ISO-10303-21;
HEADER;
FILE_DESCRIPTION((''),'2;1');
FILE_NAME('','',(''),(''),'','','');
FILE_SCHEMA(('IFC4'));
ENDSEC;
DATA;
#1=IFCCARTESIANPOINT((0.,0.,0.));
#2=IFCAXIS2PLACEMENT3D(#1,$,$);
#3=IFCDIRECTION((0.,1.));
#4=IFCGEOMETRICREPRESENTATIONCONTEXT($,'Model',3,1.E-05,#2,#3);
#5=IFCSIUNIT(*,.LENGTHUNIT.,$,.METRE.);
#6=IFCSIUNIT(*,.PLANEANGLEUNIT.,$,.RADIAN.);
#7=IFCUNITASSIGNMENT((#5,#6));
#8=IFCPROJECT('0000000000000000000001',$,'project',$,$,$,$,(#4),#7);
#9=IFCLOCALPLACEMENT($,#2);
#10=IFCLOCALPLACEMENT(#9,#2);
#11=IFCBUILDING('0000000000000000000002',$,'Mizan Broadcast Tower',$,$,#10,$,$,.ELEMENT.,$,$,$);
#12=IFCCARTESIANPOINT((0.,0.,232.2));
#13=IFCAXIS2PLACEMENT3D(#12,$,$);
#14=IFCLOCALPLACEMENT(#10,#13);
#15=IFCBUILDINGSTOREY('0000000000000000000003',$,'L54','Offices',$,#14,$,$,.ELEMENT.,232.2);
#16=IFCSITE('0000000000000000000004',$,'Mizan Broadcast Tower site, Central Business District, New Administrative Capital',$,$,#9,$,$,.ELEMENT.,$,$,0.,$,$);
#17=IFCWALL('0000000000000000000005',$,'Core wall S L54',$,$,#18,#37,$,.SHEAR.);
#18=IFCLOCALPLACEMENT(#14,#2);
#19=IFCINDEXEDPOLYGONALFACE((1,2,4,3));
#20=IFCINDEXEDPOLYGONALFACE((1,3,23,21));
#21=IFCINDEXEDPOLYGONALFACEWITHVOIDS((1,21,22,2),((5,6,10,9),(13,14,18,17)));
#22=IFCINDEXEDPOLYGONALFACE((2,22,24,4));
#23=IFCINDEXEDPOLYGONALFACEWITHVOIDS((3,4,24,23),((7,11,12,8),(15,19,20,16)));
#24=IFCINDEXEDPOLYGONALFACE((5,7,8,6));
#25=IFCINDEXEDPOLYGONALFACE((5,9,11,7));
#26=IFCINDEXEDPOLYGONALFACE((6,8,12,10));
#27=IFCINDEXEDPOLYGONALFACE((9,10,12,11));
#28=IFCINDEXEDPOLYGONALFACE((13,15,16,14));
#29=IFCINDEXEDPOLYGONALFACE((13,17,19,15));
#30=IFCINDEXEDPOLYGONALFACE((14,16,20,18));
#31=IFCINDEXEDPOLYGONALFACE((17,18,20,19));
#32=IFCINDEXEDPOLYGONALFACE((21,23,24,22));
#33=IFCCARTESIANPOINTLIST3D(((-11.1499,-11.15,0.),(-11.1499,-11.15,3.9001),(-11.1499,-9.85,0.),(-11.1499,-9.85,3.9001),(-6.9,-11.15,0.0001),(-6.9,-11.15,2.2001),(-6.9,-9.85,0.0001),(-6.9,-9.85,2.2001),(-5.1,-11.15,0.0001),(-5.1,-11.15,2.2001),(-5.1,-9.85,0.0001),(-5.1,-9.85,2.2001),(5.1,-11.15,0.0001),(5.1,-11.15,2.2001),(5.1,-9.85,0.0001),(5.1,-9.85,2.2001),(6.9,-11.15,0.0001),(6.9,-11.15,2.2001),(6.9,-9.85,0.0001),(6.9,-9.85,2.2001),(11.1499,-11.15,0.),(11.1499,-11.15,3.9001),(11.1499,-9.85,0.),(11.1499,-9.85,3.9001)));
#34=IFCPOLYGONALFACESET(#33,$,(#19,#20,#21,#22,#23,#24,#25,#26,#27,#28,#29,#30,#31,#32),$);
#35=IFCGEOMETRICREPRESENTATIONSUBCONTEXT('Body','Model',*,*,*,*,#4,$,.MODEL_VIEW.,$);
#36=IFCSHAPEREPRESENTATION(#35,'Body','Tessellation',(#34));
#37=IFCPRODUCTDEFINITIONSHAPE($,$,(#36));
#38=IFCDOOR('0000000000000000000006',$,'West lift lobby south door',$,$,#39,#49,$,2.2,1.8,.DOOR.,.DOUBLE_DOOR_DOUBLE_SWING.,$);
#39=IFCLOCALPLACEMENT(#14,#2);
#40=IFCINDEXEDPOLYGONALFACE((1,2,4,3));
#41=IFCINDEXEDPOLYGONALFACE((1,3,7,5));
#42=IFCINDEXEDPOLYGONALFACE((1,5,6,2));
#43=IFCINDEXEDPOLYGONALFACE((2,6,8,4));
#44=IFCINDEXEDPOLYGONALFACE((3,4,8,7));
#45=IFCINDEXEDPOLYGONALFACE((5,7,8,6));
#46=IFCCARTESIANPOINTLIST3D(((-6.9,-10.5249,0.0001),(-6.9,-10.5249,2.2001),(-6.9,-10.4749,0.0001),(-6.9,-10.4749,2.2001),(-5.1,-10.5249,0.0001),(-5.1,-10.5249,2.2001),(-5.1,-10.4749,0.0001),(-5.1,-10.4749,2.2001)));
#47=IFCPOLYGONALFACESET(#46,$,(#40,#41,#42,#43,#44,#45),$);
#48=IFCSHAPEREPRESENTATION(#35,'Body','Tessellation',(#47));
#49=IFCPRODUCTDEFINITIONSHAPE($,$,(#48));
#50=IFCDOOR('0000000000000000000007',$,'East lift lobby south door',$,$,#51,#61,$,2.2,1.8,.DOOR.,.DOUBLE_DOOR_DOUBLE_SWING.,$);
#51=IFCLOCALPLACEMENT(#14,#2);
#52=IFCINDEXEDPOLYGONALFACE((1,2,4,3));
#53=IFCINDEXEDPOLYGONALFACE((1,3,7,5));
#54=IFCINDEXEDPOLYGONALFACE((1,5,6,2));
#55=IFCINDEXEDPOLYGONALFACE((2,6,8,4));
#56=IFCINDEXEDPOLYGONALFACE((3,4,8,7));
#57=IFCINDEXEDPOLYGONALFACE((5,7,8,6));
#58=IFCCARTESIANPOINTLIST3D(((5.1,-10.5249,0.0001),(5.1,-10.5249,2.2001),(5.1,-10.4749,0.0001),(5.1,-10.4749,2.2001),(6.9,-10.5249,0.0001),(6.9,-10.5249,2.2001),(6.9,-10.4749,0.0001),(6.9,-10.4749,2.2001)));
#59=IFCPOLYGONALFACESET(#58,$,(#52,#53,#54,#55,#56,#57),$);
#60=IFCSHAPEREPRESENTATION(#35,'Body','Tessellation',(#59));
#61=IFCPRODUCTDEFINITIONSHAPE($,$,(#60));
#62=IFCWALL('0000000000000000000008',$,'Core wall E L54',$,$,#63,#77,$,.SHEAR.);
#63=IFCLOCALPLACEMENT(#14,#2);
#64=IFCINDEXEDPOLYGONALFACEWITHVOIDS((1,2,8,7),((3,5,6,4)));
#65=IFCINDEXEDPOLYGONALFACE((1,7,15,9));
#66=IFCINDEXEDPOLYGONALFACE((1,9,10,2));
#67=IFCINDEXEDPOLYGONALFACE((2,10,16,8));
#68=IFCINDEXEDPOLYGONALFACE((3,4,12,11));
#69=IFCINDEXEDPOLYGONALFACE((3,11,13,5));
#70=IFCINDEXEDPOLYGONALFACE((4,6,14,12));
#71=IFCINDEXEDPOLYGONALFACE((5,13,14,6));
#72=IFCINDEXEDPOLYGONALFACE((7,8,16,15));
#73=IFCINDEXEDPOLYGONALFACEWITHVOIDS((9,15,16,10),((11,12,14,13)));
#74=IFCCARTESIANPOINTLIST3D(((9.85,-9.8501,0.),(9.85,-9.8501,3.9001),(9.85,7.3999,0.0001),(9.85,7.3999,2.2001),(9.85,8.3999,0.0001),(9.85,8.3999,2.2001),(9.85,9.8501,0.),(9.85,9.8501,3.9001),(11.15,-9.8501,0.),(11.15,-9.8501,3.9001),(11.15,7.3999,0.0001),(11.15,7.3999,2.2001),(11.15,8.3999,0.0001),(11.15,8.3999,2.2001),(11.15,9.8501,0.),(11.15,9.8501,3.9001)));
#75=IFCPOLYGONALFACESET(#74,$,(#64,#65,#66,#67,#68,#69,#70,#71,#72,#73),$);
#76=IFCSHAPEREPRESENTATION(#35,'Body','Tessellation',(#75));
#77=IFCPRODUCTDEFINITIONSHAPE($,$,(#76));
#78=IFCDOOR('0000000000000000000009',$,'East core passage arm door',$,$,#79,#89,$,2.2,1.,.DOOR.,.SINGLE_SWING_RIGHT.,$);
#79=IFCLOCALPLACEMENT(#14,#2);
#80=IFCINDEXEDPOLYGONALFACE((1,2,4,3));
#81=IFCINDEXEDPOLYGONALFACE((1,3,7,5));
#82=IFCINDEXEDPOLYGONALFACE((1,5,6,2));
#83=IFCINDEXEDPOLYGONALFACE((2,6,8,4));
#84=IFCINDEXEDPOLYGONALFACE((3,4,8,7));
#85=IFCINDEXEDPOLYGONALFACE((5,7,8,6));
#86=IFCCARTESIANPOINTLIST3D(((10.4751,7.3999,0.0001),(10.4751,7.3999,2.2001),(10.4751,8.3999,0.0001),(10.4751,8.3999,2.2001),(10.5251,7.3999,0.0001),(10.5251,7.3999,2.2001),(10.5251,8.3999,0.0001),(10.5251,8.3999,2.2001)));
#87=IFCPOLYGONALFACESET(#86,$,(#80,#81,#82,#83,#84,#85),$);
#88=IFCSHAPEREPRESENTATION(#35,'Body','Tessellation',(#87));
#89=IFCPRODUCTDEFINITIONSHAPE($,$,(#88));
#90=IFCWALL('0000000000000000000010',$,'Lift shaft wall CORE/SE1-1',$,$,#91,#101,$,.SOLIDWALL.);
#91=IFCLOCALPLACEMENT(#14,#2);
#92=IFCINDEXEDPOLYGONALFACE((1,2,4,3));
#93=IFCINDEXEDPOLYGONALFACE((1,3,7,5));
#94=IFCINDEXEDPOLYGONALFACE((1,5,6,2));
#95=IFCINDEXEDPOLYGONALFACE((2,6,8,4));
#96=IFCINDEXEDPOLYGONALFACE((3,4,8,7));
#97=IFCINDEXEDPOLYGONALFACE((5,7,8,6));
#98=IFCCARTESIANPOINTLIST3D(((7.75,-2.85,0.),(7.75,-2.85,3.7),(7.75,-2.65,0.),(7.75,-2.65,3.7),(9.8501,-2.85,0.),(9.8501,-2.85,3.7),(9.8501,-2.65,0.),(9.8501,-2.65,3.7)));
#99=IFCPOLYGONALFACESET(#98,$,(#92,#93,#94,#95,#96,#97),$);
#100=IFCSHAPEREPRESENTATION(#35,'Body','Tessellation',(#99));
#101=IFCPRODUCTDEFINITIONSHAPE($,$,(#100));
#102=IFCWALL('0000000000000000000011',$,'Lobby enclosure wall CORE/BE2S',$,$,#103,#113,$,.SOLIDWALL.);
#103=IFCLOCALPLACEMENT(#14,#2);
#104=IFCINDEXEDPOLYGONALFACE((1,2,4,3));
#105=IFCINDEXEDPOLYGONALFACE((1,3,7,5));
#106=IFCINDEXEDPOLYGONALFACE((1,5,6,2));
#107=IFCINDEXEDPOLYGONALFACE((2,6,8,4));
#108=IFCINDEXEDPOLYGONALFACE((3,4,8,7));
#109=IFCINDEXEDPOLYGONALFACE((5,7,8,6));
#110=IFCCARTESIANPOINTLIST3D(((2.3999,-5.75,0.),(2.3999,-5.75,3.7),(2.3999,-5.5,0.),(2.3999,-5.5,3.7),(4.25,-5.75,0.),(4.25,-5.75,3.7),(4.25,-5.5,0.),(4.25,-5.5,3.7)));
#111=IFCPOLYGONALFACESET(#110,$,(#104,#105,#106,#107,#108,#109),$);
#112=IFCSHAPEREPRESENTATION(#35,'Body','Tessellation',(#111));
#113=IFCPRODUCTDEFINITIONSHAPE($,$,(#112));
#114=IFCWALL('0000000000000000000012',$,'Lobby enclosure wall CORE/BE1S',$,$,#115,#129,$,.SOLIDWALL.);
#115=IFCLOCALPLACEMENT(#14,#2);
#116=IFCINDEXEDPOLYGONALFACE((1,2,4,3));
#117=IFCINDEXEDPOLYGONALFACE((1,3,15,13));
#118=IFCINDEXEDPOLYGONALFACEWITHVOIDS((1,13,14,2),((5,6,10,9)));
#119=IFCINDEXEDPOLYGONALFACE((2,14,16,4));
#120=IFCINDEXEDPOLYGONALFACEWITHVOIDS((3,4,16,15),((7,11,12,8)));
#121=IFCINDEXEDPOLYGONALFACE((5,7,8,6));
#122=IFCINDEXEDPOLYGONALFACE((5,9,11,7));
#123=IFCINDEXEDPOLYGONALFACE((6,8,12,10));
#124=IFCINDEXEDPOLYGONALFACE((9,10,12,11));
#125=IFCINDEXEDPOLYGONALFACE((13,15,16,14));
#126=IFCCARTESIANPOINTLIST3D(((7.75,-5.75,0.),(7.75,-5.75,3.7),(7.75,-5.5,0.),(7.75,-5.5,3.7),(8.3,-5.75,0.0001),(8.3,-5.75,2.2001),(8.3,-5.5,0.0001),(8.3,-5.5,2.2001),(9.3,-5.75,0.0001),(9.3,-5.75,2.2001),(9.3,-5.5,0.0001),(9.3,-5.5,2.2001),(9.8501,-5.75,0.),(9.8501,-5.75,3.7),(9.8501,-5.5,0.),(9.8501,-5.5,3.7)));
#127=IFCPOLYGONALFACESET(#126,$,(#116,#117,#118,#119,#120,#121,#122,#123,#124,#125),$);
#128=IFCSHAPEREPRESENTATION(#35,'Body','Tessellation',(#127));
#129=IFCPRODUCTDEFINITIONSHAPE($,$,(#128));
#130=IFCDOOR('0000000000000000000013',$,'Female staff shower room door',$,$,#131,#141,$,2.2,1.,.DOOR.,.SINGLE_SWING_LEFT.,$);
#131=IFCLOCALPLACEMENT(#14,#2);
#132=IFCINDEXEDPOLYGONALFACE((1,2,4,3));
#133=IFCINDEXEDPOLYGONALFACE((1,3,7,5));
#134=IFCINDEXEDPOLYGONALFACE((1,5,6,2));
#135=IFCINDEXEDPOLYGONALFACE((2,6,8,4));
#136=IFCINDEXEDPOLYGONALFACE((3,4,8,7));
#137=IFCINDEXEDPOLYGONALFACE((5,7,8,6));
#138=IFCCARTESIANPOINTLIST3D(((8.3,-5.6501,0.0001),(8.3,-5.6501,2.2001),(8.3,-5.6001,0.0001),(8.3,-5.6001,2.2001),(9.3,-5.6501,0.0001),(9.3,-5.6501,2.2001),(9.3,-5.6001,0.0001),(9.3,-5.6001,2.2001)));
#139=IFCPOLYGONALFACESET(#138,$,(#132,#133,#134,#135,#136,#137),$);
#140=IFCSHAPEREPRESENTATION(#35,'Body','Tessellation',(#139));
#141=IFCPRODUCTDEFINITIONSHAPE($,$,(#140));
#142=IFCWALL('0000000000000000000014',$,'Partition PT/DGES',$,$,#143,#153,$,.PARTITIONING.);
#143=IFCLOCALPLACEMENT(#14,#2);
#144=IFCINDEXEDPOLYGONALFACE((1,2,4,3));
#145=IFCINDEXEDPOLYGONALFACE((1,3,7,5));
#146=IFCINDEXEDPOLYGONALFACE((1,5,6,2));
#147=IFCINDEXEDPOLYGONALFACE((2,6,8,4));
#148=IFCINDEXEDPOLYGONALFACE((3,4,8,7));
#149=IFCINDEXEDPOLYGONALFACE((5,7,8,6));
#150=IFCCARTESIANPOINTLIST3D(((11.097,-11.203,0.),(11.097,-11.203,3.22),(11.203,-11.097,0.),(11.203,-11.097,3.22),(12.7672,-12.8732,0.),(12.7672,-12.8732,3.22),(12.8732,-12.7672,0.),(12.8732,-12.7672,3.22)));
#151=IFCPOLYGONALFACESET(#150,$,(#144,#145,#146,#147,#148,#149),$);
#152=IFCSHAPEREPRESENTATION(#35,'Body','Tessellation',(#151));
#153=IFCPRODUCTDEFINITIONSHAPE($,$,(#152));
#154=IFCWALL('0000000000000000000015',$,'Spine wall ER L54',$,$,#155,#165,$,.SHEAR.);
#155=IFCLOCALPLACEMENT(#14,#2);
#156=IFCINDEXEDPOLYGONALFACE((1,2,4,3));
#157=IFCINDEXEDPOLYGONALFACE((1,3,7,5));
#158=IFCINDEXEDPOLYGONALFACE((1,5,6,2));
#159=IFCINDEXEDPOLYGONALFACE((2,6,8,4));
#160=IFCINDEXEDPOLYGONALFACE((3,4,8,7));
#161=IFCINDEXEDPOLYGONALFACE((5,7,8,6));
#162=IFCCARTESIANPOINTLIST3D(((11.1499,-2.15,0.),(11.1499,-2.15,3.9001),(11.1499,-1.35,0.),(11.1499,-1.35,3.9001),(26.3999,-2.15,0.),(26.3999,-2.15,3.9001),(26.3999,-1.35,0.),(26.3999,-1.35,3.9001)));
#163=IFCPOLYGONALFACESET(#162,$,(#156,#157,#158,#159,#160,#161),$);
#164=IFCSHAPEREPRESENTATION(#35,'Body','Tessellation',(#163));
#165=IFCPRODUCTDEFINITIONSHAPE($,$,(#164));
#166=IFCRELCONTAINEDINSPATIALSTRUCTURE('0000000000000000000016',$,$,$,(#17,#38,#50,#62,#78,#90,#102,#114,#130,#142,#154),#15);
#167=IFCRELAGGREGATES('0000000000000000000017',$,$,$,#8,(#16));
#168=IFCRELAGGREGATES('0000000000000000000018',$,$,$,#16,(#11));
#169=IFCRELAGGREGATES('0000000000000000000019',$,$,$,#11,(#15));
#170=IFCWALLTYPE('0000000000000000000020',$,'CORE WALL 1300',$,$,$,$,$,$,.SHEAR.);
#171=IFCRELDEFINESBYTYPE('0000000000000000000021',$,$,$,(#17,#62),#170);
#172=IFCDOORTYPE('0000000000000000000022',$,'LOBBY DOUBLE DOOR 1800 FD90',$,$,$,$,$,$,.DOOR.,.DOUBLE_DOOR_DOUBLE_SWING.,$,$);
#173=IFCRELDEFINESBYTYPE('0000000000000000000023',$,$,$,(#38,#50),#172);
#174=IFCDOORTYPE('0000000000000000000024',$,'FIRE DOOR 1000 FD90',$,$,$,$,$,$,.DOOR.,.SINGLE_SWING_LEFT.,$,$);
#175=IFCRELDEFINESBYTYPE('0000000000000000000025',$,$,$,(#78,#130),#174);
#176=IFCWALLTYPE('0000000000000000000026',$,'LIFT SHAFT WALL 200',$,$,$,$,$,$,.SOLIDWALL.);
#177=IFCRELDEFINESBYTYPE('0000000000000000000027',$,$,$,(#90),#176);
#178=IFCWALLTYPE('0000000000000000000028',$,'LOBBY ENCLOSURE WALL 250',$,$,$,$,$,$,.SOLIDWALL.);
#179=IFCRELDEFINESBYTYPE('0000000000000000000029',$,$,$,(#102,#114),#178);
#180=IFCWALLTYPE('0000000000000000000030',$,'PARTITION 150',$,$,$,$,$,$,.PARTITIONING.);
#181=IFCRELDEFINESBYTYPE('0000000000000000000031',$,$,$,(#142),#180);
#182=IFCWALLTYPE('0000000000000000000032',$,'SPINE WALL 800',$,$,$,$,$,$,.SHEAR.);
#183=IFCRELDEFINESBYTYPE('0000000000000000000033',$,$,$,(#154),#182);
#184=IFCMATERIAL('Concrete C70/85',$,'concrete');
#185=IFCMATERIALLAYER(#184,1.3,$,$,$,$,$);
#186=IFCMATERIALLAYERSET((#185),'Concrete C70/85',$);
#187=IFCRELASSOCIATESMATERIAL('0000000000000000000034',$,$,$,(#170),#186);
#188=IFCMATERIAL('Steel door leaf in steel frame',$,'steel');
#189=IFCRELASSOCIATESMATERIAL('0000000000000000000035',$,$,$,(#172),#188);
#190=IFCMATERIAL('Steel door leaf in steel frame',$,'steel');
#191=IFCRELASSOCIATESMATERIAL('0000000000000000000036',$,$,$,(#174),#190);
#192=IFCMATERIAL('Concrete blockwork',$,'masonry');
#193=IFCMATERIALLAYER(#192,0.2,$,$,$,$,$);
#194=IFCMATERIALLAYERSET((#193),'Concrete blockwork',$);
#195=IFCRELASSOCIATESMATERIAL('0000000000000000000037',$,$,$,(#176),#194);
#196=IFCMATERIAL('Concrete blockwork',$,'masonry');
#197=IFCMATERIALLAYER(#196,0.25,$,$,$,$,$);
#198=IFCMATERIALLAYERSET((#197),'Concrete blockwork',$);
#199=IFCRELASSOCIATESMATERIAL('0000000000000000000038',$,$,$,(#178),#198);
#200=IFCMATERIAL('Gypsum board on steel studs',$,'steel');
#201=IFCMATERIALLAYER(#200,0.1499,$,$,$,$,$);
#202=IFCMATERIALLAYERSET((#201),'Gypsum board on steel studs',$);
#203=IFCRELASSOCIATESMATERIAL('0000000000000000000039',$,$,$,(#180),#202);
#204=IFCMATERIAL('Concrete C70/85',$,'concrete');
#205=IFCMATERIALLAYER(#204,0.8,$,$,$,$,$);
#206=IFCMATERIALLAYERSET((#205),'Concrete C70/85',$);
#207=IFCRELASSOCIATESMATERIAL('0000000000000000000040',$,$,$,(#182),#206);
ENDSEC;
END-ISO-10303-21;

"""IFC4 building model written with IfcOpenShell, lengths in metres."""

from ifc_helpers import new_model, si_unit, direction, frame, frame_2d, origin, place, context, subcontext, project, spatial, rectangle, extrude, material, layer, layer_set, type_object, element, fill, save


model = new_model("IFC4")

# Units and contexts
model_context = context("Model", 3, precision=1e-05, world=origin(), true_north=direction((0.0, 1.0)))
body_context = subcontext(model_context, "Body", "Model", "MODEL_VIEW")
ifc_project = project(units=[si_unit("LENGTHUNIT", "METRE"), si_unit("PLANEANGLEUNIT", "RADIAN")], contexts=[model_context])

# Site, building, storey
site_placement = place(None, origin())
site = spatial("IfcSite", under=ifc_project, at=site_placement, Name="Mizan Broadcast Tower site, Central Business District, New Administrative Capital", CompositionType="ELEMENT", RefElevation=0.0)
building_placement = place(site_placement, origin())
building = spatial("IfcBuilding", under=site, at=building_placement, Name="Mizan Broadcast Tower", CompositionType="ELEMENT")
storey_placement = place(building_placement, frame((0.0, 0.0, 232.2)))
storey = spatial("IfcBuildingStorey", under=building, at=storey_placement, Name="L54", Description="Offices", CompositionType="ELEMENT", Elevation=232.2)

# Wall, openings, doors
ifc_material_1 = material(Name="Concrete C70/85", Category="concrete")
ifc_layer_1 = layer(ifc_material_1, 1.3)
ifc_layer_set_1 = layer_set([ifc_layer_1], Name="Concrete C70/85")
wall_type_1 = type_object("IfcWallType", Name="CORE WALL 1300", PredefinedType="SHEAR", material=ifc_layer_set_1)
wall_1_placement = place(storey_placement, frame((11.1499, -10.5, 0.0), z_axis=(0.0, 0.0, 1.0), x_axis=(-1.0, 0.0, 0.0)))
wall_1 = element("IfcWall", 1, at=wall_1_placement, inside=storey, type_object=wall_type_1, Name="Core wall S L54", PredefinedType="SHEAR", context=body_context, shape_type="SweptSolid", body=[
    extrude(rectangle(XDim=22.2998, YDim=1.3, at=frame_2d((11.1499, 0.0))), origin(), (0.0, 0.0, 1.0), 3.9001),
])
opening_1_placement = place(wall_1_placement, frame((16.25, 0.0, 0.0)))
opening_1 = element("IfcOpeningElement", 2, at=opening_1_placement, cuts=wall_1, PredefinedType="OPENING", context=body_context, shape_type="SweptSolid", body=[
    extrude(rectangle(XDim=1.8, YDim=2.2, at=frame_2d((0.8999, 1.1001))), frame((0.0, 0.6599, 0.0), z_axis=(0.0, -1.0, 0.0), x_axis=(1.0, 0.0, 0.0)), (0.0, 0.0, 1.0), 1.3201),
])
opening_2_placement = place(wall_1_placement, frame((4.25, 0.0, 0.0)))
opening_2 = element("IfcOpeningElement", 3, at=opening_2_placement, cuts=wall_1, PredefinedType="OPENING", context=body_context, shape_type="SweptSolid", body=[
    extrude(rectangle(XDim=1.8, YDim=2.2, at=frame_2d((0.8999, 1.1001))), frame((0.0, 0.6599, 0.0), z_axis=(0.0, -1.0, 0.0), x_axis=(1.0, 0.0, 0.0)), (0.0, 0.0, 1.0), 1.3201),
])
ifc_material_2 = material(Name="Steel door leaf in steel frame", Category="steel")
door_type_1 = type_object("IfcDoorType", Name="LOBBY DOUBLE DOOR 1800 FD90", OperationType="DOUBLE_DOOR_DOUBLE_SWING", PredefinedType="DOOR", material=ifc_material_2)
door_1_placement = place(opening_1_placement, origin())
door_1 = element("IfcDoor", 4, at=door_1_placement, inside=storey, type_object=door_type_1, Name="West lift lobby south door", OperationType="DOUBLE_DOOR_DOUBLE_SWING", OverallHeight=2.2, OverallWidth=1.8, PredefinedType="DOOR", context=body_context, shape_type="SweptSolid", body=[
    extrude(rectangle(XDim=1.8, YDim=2.2, at=frame_2d((0.8999, 1.1001))), frame((0.0, 0.0249, 0.0), z_axis=(0.0, -1.0, 0.0), x_axis=(1.0, 0.0, 0.0)), (0.0, 0.0, 1.0), 0.05),
])
fill(opening_1, door_1)
door_2_placement = place(opening_2_placement, origin())
door_2 = element("IfcDoor", 5, at=door_2_placement, inside=storey, type_object=door_type_1, Name="East lift lobby south door", OperationType="DOUBLE_DOOR_DOUBLE_SWING", OverallHeight=2.2, OverallWidth=1.8, PredefinedType="DOOR", context=body_context, shape_type="SweptSolid", body=[
    extrude(rectangle(XDim=1.8, YDim=2.2, at=frame_2d((0.8999, 1.1001))), frame((0.0, 0.0249, 0.0), z_axis=(0.0, -1.0, 0.0), x_axis=(1.0, 0.0, 0.0)), (0.0, 0.0, 1.0), 0.05),
])
fill(opening_2, door_2)

# Wall, opening, door
wall_2_placement = place(storey_placement, frame((10.5, -9.8501, 0.0), z_axis=(0.0, 0.0, 1.0), x_axis=(0.0, 1.0, 0.0)))
wall_2 = element("IfcWall", 6, at=wall_2_placement, inside=storey, type_object=wall_type_1, Name="Core wall E L54", PredefinedType="SHEAR", context=body_context, shape_type="SweptSolid", body=[
    extrude(rectangle(XDim=19.7002, YDim=1.3, at=frame_2d((9.8501, 0.0))), origin(), (0.0, 0.0, 1.0), 3.9001),
])
opening_3_placement = place(wall_2_placement, frame((17.25, 0.0, 0.0)))
opening_3 = element("IfcOpeningElement", 7, at=opening_3_placement, cuts=wall_2, PredefinedType="OPENING", context=body_context, shape_type="SweptSolid", body=[
    extrude(rectangle(XDim=1.0, YDim=2.2, at=frame_2d((0.5, 1.1001))), frame((0.0, 0.6599, 0.0), z_axis=(0.0, -1.0, 0.0), x_axis=(1.0, 0.0, 0.0)), (0.0, 0.0, 1.0), 1.3201),
])
ifc_material_3 = material(Name="Steel door leaf in steel frame", Category="steel")
door_type_2 = type_object("IfcDoorType", Name="FIRE DOOR 1000 FD90", OperationType="SINGLE_SWING_LEFT", PredefinedType="DOOR", material=ifc_material_3)
door_3_placement = place(opening_3_placement, origin())
door_3 = element("IfcDoor", 8, at=door_3_placement, inside=storey, type_object=door_type_2, Name="East core passage arm door", OperationType="SINGLE_SWING_RIGHT", OverallHeight=2.2, OverallWidth=1.0, PredefinedType="DOOR", context=body_context, shape_type="SweptSolid", body=[
    extrude(rectangle(XDim=1.0, YDim=2.2, at=frame_2d((0.5, 1.1001))), frame((0.0, 0.0249, 0.0), z_axis=(0.0, -1.0, 0.0), x_axis=(1.0, 0.0, 0.0)), (0.0, 0.0, 1.0), 0.05),
])
fill(opening_3, door_3)

# Walls
ifc_material_4 = material(Name="Concrete blockwork", Category="masonry")
ifc_layer_2 = layer(ifc_material_4, 0.2)
ifc_layer_set_2 = layer_set([ifc_layer_2], Name="Concrete blockwork")
wall_type_2 = type_object("IfcWallType", Name="LIFT SHAFT WALL 200", PredefinedType="SOLIDWALL", material=ifc_layer_set_2)
wall_3_placement = place(storey_placement, frame((7.75, -2.75, 0.0), z_axis=(0.0, 0.0, 1.0), x_axis=(1.0, 0.0, 0.0)))
element("IfcWall", 9, at=wall_3_placement, inside=storey, type_object=wall_type_2, Name="Lift shaft wall CORE/SE1-1", PredefinedType="SOLIDWALL", context=body_context, shape_type="SweptSolid", body=[
    extrude(rectangle(XDim=2.1001, YDim=0.2, at=frame_2d((1.05, 0.0))), origin(), (0.0, 0.0, 1.0), 3.7),
])
ifc_material_5 = material(Name="Concrete blockwork", Category="masonry")
ifc_layer_3 = layer(ifc_material_5, 0.25)
ifc_layer_set_3 = layer_set([ifc_layer_3], Name="Concrete blockwork")
wall_type_3 = type_object("IfcWallType", Name="LOBBY ENCLOSURE WALL 250", PredefinedType="SOLIDWALL", material=ifc_layer_set_3)
wall_4_placement = place(storey_placement, frame((2.3999, -5.625, 0.0), z_axis=(0.0, 0.0, 1.0), x_axis=(1.0, 0.0, 0.0)))
element("IfcWall", 10, at=wall_4_placement, inside=storey, type_object=wall_type_3, Name="Lobby enclosure wall CORE/BE2S", PredefinedType="SOLIDWALL", context=body_context, shape_type="SweptSolid", body=[
    extrude(rectangle(XDim=1.8501, YDim=0.25, at=frame_2d((0.925, 0.0))), origin(), (0.0, 0.0, 1.0), 3.7),
])

# Wall, opening, door
wall_5_placement = place(storey_placement, frame((7.75, -5.625, 0.0), z_axis=(0.0, 0.0, 1.0), x_axis=(1.0, 0.0, 0.0)))
wall_5 = element("IfcWall", 11, at=wall_5_placement, inside=storey, type_object=wall_type_3, Name="Lobby enclosure wall CORE/BE1S", PredefinedType="SOLIDWALL", context=body_context, shape_type="SweptSolid", body=[
    extrude(rectangle(XDim=2.1001, YDim=0.25, at=frame_2d((1.05, 0.0))), origin(), (0.0, 0.0, 1.0), 3.7),
])
opening_4_placement = place(wall_5_placement, frame((0.55, 0.0, 0.0)))
opening_4 = element("IfcOpeningElement", 12, at=opening_4_placement, cuts=wall_5, PredefinedType="OPENING", context=body_context, shape_type="SweptSolid", body=[
    extrude(rectangle(XDim=1.0, YDim=2.2, at=frame_2d((0.5, 1.1001))), frame((0.0, 0.135, 0.0), z_axis=(0.0, -1.0, 0.0), x_axis=(1.0, 0.0, 0.0)), (0.0, 0.0, 1.0), 0.27),
])
door_4_placement = place(opening_4_placement, origin())
door_4 = element("IfcDoor", 13, at=door_4_placement, inside=storey, type_object=door_type_2, Name="Female staff shower room door", OperationType="SINGLE_SWING_LEFT", OverallHeight=2.2, OverallWidth=1.0, PredefinedType="DOOR", context=body_context, shape_type="SweptSolid", body=[
    extrude(rectangle(XDim=1.0, YDim=2.2, at=frame_2d((0.5, 1.1001))), frame((0.0, 0.0249, 0.0), z_axis=(0.0, -1.0, 0.0), x_axis=(1.0, 0.0, 0.0)), (0.0, 0.0, 1.0), 0.05),
])
fill(opening_4, door_4)

# Walls
ifc_material_6 = material(Name="Gypsum board on steel studs", Category="steel")
ifc_layer_4 = layer(ifc_material_6, 0.1499)
ifc_layer_set_4 = layer_set([ifc_layer_4], Name="Gypsum board on steel studs")
wall_type_4 = type_object("IfcWallType", Name="PARTITION 150", PredefinedType="PARTITIONING", material=ifc_layer_set_4)
wall_6_placement = place(storey_placement, frame((11.1499, -11.1499, 0.0), z_axis=(0.0, 0.0, 1.0), x_axis=(0.707107, -0.707107, 0.0)))
element("IfcWall", 14, at=wall_6_placement, inside=storey, type_object=wall_type_4, Name="Partition PT/DGES", PredefinedType="PARTITIONING", context=body_context, shape_type="SweptSolid", body=[
    extrude(rectangle(XDim=2.3621, YDim=0.1499, at=frame_2d((1.1812, 0.0))), origin(), (0.0, 0.0, 1.0), 3.22),
])
ifc_material_7 = material(Name="Concrete C70/85", Category="concrete")
ifc_layer_5 = layer(ifc_material_7, 0.8)
ifc_layer_set_5 = layer_set([ifc_layer_5], Name="Concrete C70/85")
wall_type_5 = type_object("IfcWallType", Name="SPINE WALL 800", PredefinedType="SHEAR", material=ifc_layer_set_5)
for number, where, z_axis, x_axis, name in (
    (15, (11.1499, -1.75, 0.0), (0.0, 0.0, 1.0), (1.0, 0.0, 0.0), "Spine wall ER L54"),
):
    element("IfcWall", number, at=place(storey_placement, frame(where, z_axis=z_axis, x_axis=x_axis)), inside=storey, type_object=wall_type_5, Name=name, PredefinedType="SHEAR", context=body_context, shape_type="SweptSolid", body=[
        extrude(rectangle(XDim=15.25, YDim=0.8, at=frame_2d((7.625, 0.0))), origin(), (0.0, 0.0, 1.0), 3.9001),
    ])

save(model, "model.ifc")
